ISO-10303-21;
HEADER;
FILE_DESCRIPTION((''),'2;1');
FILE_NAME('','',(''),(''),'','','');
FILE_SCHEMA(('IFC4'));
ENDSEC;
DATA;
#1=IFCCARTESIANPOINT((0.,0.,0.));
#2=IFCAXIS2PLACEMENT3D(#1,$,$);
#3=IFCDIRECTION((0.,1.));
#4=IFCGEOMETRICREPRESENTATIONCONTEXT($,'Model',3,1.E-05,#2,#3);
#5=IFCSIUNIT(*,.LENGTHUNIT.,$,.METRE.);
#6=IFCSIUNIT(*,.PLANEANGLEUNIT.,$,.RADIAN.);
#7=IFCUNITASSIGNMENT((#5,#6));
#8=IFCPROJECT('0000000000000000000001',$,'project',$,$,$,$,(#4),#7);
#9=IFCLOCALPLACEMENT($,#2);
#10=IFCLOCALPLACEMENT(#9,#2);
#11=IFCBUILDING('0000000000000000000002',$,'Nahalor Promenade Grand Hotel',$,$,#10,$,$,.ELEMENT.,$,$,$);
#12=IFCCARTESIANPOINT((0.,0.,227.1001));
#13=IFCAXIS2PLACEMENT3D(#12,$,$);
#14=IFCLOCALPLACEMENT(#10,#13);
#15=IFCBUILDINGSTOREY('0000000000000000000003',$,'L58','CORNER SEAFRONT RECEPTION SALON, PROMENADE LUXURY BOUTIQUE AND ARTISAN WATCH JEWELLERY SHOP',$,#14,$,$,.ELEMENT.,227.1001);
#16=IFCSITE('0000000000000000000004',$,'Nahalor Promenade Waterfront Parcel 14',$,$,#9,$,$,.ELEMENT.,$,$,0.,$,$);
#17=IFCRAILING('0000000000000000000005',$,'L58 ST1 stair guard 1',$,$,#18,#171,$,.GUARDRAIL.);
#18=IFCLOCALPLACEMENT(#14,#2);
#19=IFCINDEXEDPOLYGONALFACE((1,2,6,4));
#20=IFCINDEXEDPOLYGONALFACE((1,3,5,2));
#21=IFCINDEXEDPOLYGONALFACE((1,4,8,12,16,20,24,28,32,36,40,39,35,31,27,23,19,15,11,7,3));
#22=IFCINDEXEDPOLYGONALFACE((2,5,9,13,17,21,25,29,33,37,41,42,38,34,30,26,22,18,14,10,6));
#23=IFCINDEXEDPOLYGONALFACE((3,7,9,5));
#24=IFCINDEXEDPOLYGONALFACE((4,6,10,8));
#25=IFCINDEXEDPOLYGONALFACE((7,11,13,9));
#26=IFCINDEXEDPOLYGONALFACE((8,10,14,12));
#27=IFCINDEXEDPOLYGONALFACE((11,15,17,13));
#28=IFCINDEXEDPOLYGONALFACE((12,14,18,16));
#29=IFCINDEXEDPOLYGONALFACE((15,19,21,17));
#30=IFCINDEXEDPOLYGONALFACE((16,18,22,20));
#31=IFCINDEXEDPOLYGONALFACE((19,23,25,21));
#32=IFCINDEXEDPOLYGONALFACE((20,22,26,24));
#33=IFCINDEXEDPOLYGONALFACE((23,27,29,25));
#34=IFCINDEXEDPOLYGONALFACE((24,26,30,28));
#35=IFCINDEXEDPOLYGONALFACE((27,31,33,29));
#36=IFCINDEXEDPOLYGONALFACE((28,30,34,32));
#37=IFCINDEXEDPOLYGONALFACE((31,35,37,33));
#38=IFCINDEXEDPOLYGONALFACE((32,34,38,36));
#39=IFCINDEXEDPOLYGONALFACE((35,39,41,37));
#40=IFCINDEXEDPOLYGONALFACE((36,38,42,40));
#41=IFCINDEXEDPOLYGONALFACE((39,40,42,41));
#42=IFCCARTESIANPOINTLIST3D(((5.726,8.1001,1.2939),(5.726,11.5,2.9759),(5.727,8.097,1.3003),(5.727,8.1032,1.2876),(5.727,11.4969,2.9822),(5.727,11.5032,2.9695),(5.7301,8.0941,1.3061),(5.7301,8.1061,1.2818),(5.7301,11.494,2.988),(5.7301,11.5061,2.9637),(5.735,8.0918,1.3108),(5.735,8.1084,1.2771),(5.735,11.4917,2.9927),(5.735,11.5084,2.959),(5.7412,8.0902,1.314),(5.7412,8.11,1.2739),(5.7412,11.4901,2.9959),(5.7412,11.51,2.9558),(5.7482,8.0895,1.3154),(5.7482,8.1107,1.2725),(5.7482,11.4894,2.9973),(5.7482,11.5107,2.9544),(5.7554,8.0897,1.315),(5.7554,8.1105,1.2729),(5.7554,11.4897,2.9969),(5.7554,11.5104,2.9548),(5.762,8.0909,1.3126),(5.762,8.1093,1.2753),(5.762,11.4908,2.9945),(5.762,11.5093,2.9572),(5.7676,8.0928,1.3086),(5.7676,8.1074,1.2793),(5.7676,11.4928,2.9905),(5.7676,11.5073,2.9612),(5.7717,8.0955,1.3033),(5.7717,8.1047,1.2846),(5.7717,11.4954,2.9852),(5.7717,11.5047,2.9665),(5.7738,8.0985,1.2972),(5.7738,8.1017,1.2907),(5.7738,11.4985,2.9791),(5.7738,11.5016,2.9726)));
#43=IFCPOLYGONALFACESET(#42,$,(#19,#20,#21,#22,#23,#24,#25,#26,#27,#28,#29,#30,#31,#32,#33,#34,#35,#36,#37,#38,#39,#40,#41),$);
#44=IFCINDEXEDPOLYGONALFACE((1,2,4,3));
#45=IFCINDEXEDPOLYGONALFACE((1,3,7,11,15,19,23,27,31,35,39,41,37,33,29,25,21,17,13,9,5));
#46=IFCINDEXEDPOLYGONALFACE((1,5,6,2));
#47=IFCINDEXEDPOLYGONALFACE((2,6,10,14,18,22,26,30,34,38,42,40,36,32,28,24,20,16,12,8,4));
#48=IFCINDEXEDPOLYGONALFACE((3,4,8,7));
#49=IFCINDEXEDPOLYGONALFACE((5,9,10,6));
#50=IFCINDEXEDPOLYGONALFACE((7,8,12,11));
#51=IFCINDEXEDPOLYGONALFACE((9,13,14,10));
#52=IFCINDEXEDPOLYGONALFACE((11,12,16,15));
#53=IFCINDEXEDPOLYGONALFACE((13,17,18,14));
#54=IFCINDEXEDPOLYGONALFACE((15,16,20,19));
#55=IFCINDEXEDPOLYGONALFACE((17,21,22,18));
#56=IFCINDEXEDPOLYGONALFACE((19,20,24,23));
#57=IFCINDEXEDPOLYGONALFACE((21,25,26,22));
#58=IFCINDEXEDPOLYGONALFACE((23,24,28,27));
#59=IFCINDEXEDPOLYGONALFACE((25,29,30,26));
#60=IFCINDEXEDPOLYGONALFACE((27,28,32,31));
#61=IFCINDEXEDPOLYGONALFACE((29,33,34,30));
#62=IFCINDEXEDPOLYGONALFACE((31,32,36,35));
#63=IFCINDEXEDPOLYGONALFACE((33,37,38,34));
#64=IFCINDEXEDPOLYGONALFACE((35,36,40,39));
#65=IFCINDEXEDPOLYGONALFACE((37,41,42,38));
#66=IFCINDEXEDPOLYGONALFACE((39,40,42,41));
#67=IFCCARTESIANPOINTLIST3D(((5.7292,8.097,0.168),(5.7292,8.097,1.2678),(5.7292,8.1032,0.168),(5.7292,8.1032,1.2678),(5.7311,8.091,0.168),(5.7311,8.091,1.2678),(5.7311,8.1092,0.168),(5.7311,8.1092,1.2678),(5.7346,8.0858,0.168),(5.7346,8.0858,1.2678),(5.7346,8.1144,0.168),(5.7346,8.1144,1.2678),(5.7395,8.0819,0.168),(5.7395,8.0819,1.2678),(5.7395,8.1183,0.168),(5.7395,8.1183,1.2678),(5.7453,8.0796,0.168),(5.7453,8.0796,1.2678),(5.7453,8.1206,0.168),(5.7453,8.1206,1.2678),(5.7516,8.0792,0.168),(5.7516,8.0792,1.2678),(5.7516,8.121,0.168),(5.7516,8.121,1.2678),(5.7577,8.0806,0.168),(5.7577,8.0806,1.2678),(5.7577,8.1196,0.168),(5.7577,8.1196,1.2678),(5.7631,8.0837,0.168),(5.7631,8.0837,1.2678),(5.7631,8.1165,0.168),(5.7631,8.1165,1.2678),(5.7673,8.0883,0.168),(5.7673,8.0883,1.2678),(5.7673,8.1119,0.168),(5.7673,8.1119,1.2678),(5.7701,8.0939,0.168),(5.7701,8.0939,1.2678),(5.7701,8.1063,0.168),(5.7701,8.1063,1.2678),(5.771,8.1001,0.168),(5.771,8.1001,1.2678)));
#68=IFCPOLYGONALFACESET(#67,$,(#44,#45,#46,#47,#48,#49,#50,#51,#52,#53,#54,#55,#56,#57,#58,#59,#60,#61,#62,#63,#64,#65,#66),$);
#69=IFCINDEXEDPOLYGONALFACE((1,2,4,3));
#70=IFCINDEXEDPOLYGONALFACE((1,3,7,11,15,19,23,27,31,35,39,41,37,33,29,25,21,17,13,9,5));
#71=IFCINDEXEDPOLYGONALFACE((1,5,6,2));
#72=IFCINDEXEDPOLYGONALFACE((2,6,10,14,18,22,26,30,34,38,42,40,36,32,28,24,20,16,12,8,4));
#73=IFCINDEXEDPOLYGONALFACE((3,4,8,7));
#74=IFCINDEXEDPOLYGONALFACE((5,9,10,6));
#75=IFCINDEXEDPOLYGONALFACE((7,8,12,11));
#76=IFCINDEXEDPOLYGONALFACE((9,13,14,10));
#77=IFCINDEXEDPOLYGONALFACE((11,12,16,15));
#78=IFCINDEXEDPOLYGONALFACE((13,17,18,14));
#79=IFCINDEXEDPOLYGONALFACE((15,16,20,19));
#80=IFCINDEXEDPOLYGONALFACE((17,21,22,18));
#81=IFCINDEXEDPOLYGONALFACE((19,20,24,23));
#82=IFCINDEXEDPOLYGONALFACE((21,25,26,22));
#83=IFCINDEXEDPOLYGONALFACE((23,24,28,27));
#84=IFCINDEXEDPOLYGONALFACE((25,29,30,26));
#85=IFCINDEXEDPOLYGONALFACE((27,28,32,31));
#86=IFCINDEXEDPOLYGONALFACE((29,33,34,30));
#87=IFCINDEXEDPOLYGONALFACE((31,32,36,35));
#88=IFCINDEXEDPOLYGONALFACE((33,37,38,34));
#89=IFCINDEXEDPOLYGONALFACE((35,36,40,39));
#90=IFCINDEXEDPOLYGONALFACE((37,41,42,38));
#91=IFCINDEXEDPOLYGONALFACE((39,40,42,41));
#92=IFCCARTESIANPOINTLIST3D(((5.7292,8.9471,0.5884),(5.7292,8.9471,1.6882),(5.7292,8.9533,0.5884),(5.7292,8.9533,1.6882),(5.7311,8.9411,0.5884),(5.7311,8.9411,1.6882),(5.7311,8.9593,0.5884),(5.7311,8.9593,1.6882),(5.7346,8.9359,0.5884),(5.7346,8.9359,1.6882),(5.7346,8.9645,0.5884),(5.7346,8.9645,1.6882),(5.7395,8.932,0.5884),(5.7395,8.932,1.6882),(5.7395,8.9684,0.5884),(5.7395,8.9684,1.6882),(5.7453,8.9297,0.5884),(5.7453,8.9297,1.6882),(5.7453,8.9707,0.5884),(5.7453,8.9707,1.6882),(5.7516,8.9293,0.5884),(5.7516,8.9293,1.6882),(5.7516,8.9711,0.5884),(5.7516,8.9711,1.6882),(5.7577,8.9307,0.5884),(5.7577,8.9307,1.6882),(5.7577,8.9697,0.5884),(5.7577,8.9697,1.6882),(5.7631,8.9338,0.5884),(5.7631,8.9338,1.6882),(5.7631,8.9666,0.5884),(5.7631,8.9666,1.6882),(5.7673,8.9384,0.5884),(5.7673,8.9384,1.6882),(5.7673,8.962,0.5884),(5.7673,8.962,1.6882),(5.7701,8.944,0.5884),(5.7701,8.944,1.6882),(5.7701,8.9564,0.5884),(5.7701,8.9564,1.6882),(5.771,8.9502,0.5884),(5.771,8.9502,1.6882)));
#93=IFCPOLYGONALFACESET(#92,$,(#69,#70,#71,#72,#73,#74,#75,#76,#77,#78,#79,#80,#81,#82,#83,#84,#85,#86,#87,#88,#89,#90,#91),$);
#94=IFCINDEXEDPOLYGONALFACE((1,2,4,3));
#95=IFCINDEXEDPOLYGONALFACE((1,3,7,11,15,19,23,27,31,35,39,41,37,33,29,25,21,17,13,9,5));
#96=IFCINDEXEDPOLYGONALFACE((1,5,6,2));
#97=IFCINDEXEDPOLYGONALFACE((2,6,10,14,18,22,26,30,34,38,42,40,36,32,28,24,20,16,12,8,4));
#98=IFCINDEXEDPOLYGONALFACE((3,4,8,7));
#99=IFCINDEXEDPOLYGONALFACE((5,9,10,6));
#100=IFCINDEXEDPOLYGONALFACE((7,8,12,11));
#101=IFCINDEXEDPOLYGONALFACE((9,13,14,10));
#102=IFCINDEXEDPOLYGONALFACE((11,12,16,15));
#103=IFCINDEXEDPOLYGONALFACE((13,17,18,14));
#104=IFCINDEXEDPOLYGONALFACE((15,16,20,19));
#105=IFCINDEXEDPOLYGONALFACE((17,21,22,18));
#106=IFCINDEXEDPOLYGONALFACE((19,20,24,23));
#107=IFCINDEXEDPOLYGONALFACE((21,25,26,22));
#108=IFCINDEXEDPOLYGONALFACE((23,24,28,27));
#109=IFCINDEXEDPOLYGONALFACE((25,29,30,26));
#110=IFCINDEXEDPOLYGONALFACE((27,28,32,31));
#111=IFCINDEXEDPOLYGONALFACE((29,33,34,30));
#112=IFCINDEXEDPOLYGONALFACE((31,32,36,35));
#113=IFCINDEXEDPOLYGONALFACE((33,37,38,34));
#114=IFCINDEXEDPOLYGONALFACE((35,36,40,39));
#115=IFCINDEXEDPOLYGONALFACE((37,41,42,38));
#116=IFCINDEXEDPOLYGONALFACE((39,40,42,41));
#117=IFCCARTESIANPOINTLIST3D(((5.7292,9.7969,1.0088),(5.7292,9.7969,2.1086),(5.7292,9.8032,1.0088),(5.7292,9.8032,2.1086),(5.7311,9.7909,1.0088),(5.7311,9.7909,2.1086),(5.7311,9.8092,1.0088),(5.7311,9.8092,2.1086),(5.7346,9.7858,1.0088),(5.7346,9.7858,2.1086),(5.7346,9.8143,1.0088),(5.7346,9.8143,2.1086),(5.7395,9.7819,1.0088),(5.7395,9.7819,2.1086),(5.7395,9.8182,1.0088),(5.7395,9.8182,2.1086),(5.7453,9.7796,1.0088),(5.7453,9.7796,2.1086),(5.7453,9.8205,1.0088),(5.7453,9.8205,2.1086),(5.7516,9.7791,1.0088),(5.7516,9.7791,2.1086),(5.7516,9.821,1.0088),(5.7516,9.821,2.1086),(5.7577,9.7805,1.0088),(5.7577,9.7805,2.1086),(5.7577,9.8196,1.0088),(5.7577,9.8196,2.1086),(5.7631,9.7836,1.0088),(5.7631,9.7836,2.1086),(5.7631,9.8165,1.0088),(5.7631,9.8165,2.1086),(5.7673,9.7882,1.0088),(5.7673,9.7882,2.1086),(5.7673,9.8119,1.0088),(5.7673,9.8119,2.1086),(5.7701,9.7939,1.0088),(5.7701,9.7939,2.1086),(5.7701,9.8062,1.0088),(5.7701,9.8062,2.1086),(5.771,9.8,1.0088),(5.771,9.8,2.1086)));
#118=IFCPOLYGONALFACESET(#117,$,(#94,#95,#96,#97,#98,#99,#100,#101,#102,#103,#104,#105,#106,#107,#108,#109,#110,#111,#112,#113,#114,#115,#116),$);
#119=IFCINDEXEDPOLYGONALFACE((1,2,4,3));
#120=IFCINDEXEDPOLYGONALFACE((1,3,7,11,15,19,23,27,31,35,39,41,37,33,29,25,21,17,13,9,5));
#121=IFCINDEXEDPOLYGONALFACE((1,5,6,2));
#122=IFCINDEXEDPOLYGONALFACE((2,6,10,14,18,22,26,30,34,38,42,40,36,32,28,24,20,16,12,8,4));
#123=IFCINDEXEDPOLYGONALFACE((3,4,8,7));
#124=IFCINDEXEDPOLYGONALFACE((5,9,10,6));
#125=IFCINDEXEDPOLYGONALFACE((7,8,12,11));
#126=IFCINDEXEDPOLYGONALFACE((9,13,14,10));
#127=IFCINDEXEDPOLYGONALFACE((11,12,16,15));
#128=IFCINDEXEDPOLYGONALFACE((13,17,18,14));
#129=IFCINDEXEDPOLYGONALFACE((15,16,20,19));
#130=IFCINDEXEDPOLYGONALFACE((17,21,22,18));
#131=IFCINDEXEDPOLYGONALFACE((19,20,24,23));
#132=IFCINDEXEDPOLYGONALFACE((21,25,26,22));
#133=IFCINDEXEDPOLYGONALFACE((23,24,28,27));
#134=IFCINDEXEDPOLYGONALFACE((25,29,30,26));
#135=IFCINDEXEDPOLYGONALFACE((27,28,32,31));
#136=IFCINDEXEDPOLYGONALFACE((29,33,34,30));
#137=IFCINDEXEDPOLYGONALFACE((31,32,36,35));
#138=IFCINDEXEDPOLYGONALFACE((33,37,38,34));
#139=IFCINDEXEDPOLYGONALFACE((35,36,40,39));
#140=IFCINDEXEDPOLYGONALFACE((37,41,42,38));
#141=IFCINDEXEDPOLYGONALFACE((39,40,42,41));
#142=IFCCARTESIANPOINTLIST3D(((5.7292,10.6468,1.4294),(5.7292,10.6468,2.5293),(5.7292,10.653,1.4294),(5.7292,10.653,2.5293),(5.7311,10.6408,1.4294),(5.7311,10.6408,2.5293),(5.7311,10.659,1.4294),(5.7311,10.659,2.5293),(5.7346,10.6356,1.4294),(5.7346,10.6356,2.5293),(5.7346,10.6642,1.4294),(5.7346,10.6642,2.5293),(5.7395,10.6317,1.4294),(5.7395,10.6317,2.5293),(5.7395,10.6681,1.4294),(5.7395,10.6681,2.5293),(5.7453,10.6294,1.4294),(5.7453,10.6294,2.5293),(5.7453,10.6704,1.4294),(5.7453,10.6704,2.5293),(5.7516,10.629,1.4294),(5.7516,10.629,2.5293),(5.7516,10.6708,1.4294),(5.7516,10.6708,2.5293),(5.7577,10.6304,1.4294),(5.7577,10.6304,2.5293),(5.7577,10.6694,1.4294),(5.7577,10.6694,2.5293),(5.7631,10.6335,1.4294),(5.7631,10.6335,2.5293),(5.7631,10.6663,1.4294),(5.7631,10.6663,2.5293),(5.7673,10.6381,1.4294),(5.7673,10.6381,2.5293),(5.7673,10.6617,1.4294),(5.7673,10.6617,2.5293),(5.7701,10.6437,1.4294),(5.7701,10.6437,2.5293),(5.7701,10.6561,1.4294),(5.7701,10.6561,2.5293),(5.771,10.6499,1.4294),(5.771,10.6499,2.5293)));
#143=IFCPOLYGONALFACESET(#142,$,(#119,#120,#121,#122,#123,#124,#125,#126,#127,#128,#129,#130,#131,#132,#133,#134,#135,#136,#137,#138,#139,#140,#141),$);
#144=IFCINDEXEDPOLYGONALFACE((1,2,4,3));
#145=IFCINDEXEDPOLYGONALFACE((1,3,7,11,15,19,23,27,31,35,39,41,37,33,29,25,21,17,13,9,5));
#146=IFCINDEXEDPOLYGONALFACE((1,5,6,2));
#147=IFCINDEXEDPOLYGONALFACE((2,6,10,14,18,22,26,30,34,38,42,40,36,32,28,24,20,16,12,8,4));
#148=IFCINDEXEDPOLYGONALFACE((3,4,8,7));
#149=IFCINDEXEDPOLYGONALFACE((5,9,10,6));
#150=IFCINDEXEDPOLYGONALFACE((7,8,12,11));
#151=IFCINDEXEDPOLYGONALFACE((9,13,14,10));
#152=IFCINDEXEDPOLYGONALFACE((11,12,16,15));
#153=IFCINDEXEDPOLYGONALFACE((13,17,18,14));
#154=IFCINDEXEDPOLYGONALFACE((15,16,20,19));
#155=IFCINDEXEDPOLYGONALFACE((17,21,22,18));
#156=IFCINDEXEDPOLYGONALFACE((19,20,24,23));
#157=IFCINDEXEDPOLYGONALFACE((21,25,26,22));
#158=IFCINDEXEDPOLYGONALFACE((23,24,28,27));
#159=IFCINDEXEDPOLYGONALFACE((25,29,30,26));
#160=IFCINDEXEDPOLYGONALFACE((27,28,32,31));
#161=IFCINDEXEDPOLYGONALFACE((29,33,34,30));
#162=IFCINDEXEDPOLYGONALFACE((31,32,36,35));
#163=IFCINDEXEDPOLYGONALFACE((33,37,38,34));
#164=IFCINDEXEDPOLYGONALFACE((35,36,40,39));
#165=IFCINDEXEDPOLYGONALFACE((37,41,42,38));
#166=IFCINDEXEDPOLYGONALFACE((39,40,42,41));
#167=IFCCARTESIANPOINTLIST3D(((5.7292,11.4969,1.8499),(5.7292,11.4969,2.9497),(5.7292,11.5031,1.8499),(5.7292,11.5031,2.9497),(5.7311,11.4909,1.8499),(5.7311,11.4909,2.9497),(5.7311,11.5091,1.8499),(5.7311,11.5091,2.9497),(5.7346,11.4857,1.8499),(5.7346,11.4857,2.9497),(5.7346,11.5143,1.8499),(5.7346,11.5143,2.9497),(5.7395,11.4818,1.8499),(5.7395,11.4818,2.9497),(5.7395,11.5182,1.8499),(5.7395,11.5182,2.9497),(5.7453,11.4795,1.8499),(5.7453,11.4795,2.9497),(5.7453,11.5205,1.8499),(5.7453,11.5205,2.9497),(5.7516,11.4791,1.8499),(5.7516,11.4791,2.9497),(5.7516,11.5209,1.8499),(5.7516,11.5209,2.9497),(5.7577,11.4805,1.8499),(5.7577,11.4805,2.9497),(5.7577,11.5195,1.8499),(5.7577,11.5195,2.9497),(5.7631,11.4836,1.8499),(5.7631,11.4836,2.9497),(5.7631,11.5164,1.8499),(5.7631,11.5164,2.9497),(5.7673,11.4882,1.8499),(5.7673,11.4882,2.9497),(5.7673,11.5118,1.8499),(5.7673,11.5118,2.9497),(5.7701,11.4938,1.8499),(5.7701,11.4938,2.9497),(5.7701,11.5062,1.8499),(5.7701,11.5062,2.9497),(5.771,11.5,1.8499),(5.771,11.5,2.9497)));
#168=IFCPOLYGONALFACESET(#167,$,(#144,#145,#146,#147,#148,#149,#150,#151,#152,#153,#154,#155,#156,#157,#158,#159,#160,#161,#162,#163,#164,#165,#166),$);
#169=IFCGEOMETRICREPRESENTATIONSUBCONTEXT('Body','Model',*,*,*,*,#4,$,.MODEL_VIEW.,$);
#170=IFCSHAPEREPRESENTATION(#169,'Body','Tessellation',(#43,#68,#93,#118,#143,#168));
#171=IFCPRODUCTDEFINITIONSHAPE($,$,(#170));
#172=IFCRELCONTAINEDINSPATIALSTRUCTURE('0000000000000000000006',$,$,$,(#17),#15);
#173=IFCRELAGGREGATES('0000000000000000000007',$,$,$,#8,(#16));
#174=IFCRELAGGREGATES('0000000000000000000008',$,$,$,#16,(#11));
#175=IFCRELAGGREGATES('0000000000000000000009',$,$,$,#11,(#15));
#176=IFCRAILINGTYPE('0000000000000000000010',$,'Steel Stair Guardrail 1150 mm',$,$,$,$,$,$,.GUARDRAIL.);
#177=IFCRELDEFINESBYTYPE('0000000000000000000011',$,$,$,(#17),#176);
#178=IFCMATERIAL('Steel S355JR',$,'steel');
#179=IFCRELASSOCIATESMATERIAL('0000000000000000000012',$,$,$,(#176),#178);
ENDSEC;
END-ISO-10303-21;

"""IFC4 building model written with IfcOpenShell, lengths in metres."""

from ifc_helpers import new_model, si_unit, direction, frame, origin, origin_2d, place, context, subcontext, project, spatial, circle, extrude, material, type_object, element, save


model = new_model("IFC4")

# Units and contexts
model_context = context("Model", 3, precision=1e-05, world=origin(), true_north=direction((0.0, 1.0)))
body_context = subcontext(model_context, "Body", "Model", "MODEL_VIEW")
ifc_project = project(units=[si_unit("LENGTHUNIT", "METRE"), si_unit("PLANEANGLEUNIT", "RADIAN")], contexts=[model_context])

# Site, building, storey
site_placement = place(None, origin())
site = spatial("IfcSite", under=ifc_project, at=site_placement, Name="Nahalor Promenade Waterfront Parcel 14", CompositionType="ELEMENT", RefElevation=0.0)
building_placement = place(site_placement, origin())
building = spatial("IfcBuilding", under=site, at=building_placement, Name="Nahalor Promenade Grand Hotel", CompositionType="ELEMENT")
storey_placement = place(building_placement, frame((0.0, 0.0, 227.1001)))
storey = spatial("IfcBuildingStorey", under=building, at=storey_placement, Name="L58", Description="CORNER SEAFRONT RECEPTION SALON, PROMENADE LUXURY BOUTIQUE AND ARTISAN WATCH JEWELLERY SHOP", CompositionType="ELEMENT", Elevation=227.1001)

# Shared definitions
ifc_material_1 = material(Name="Steel S355JR", Category="steel")

# Railing
railing_type_1 = type_object("IfcRailingType", Name="Steel Stair Guardrail 1150 mm", PredefinedType="GUARDRAIL", material=ifc_material_1)
railing_1_placement = place(storey_placement, frame((5.75, 8.1001, 0.168)))
element("IfcRailing", 1, at=railing_1_placement, inside=storey, type_object=railing_type_1, Name="L58 ST1 stair guard 1", PredefinedType="GUARDRAIL", context=body_context, shape_type="SweptSolid", body=[
    extrude(circle(Radius=0.024, at=origin_2d()), frame((0.0, 0.0, 1.126), z_axis=(0.0, 0.896324, 0.443399), x_axis=(-1.0, 0.0, 0.0)), (0.0, 0.0, 1.0), 3.7932),
    extrude(circle(Radius=0.021, at=origin_2d()), origin(), (0.0, 0.0, 1.0), 1.0999),
    extrude(circle(Radius=0.021, at=origin_2d()), frame((0.0, 0.8501, 0.4204)), (0.0, 0.0, 1.0), 1.0999),
    extrude(circle(Radius=0.021, at=origin_2d()), frame((0.0, 1.7, 0.8408)), (0.0, 0.0, 1.0), 1.0999),
    extrude(circle(Radius=0.021, at=origin_2d()), frame((0.0, 2.5498, 1.2615)), (0.0, 0.0, 1.0), 1.0999),
    extrude(circle(Radius=0.021, at=origin_2d()), frame((0.0, 3.3999, 1.6819)), (0.0, 0.0, 1.0), 1.0999),
])

save(model, "model.ifc")
